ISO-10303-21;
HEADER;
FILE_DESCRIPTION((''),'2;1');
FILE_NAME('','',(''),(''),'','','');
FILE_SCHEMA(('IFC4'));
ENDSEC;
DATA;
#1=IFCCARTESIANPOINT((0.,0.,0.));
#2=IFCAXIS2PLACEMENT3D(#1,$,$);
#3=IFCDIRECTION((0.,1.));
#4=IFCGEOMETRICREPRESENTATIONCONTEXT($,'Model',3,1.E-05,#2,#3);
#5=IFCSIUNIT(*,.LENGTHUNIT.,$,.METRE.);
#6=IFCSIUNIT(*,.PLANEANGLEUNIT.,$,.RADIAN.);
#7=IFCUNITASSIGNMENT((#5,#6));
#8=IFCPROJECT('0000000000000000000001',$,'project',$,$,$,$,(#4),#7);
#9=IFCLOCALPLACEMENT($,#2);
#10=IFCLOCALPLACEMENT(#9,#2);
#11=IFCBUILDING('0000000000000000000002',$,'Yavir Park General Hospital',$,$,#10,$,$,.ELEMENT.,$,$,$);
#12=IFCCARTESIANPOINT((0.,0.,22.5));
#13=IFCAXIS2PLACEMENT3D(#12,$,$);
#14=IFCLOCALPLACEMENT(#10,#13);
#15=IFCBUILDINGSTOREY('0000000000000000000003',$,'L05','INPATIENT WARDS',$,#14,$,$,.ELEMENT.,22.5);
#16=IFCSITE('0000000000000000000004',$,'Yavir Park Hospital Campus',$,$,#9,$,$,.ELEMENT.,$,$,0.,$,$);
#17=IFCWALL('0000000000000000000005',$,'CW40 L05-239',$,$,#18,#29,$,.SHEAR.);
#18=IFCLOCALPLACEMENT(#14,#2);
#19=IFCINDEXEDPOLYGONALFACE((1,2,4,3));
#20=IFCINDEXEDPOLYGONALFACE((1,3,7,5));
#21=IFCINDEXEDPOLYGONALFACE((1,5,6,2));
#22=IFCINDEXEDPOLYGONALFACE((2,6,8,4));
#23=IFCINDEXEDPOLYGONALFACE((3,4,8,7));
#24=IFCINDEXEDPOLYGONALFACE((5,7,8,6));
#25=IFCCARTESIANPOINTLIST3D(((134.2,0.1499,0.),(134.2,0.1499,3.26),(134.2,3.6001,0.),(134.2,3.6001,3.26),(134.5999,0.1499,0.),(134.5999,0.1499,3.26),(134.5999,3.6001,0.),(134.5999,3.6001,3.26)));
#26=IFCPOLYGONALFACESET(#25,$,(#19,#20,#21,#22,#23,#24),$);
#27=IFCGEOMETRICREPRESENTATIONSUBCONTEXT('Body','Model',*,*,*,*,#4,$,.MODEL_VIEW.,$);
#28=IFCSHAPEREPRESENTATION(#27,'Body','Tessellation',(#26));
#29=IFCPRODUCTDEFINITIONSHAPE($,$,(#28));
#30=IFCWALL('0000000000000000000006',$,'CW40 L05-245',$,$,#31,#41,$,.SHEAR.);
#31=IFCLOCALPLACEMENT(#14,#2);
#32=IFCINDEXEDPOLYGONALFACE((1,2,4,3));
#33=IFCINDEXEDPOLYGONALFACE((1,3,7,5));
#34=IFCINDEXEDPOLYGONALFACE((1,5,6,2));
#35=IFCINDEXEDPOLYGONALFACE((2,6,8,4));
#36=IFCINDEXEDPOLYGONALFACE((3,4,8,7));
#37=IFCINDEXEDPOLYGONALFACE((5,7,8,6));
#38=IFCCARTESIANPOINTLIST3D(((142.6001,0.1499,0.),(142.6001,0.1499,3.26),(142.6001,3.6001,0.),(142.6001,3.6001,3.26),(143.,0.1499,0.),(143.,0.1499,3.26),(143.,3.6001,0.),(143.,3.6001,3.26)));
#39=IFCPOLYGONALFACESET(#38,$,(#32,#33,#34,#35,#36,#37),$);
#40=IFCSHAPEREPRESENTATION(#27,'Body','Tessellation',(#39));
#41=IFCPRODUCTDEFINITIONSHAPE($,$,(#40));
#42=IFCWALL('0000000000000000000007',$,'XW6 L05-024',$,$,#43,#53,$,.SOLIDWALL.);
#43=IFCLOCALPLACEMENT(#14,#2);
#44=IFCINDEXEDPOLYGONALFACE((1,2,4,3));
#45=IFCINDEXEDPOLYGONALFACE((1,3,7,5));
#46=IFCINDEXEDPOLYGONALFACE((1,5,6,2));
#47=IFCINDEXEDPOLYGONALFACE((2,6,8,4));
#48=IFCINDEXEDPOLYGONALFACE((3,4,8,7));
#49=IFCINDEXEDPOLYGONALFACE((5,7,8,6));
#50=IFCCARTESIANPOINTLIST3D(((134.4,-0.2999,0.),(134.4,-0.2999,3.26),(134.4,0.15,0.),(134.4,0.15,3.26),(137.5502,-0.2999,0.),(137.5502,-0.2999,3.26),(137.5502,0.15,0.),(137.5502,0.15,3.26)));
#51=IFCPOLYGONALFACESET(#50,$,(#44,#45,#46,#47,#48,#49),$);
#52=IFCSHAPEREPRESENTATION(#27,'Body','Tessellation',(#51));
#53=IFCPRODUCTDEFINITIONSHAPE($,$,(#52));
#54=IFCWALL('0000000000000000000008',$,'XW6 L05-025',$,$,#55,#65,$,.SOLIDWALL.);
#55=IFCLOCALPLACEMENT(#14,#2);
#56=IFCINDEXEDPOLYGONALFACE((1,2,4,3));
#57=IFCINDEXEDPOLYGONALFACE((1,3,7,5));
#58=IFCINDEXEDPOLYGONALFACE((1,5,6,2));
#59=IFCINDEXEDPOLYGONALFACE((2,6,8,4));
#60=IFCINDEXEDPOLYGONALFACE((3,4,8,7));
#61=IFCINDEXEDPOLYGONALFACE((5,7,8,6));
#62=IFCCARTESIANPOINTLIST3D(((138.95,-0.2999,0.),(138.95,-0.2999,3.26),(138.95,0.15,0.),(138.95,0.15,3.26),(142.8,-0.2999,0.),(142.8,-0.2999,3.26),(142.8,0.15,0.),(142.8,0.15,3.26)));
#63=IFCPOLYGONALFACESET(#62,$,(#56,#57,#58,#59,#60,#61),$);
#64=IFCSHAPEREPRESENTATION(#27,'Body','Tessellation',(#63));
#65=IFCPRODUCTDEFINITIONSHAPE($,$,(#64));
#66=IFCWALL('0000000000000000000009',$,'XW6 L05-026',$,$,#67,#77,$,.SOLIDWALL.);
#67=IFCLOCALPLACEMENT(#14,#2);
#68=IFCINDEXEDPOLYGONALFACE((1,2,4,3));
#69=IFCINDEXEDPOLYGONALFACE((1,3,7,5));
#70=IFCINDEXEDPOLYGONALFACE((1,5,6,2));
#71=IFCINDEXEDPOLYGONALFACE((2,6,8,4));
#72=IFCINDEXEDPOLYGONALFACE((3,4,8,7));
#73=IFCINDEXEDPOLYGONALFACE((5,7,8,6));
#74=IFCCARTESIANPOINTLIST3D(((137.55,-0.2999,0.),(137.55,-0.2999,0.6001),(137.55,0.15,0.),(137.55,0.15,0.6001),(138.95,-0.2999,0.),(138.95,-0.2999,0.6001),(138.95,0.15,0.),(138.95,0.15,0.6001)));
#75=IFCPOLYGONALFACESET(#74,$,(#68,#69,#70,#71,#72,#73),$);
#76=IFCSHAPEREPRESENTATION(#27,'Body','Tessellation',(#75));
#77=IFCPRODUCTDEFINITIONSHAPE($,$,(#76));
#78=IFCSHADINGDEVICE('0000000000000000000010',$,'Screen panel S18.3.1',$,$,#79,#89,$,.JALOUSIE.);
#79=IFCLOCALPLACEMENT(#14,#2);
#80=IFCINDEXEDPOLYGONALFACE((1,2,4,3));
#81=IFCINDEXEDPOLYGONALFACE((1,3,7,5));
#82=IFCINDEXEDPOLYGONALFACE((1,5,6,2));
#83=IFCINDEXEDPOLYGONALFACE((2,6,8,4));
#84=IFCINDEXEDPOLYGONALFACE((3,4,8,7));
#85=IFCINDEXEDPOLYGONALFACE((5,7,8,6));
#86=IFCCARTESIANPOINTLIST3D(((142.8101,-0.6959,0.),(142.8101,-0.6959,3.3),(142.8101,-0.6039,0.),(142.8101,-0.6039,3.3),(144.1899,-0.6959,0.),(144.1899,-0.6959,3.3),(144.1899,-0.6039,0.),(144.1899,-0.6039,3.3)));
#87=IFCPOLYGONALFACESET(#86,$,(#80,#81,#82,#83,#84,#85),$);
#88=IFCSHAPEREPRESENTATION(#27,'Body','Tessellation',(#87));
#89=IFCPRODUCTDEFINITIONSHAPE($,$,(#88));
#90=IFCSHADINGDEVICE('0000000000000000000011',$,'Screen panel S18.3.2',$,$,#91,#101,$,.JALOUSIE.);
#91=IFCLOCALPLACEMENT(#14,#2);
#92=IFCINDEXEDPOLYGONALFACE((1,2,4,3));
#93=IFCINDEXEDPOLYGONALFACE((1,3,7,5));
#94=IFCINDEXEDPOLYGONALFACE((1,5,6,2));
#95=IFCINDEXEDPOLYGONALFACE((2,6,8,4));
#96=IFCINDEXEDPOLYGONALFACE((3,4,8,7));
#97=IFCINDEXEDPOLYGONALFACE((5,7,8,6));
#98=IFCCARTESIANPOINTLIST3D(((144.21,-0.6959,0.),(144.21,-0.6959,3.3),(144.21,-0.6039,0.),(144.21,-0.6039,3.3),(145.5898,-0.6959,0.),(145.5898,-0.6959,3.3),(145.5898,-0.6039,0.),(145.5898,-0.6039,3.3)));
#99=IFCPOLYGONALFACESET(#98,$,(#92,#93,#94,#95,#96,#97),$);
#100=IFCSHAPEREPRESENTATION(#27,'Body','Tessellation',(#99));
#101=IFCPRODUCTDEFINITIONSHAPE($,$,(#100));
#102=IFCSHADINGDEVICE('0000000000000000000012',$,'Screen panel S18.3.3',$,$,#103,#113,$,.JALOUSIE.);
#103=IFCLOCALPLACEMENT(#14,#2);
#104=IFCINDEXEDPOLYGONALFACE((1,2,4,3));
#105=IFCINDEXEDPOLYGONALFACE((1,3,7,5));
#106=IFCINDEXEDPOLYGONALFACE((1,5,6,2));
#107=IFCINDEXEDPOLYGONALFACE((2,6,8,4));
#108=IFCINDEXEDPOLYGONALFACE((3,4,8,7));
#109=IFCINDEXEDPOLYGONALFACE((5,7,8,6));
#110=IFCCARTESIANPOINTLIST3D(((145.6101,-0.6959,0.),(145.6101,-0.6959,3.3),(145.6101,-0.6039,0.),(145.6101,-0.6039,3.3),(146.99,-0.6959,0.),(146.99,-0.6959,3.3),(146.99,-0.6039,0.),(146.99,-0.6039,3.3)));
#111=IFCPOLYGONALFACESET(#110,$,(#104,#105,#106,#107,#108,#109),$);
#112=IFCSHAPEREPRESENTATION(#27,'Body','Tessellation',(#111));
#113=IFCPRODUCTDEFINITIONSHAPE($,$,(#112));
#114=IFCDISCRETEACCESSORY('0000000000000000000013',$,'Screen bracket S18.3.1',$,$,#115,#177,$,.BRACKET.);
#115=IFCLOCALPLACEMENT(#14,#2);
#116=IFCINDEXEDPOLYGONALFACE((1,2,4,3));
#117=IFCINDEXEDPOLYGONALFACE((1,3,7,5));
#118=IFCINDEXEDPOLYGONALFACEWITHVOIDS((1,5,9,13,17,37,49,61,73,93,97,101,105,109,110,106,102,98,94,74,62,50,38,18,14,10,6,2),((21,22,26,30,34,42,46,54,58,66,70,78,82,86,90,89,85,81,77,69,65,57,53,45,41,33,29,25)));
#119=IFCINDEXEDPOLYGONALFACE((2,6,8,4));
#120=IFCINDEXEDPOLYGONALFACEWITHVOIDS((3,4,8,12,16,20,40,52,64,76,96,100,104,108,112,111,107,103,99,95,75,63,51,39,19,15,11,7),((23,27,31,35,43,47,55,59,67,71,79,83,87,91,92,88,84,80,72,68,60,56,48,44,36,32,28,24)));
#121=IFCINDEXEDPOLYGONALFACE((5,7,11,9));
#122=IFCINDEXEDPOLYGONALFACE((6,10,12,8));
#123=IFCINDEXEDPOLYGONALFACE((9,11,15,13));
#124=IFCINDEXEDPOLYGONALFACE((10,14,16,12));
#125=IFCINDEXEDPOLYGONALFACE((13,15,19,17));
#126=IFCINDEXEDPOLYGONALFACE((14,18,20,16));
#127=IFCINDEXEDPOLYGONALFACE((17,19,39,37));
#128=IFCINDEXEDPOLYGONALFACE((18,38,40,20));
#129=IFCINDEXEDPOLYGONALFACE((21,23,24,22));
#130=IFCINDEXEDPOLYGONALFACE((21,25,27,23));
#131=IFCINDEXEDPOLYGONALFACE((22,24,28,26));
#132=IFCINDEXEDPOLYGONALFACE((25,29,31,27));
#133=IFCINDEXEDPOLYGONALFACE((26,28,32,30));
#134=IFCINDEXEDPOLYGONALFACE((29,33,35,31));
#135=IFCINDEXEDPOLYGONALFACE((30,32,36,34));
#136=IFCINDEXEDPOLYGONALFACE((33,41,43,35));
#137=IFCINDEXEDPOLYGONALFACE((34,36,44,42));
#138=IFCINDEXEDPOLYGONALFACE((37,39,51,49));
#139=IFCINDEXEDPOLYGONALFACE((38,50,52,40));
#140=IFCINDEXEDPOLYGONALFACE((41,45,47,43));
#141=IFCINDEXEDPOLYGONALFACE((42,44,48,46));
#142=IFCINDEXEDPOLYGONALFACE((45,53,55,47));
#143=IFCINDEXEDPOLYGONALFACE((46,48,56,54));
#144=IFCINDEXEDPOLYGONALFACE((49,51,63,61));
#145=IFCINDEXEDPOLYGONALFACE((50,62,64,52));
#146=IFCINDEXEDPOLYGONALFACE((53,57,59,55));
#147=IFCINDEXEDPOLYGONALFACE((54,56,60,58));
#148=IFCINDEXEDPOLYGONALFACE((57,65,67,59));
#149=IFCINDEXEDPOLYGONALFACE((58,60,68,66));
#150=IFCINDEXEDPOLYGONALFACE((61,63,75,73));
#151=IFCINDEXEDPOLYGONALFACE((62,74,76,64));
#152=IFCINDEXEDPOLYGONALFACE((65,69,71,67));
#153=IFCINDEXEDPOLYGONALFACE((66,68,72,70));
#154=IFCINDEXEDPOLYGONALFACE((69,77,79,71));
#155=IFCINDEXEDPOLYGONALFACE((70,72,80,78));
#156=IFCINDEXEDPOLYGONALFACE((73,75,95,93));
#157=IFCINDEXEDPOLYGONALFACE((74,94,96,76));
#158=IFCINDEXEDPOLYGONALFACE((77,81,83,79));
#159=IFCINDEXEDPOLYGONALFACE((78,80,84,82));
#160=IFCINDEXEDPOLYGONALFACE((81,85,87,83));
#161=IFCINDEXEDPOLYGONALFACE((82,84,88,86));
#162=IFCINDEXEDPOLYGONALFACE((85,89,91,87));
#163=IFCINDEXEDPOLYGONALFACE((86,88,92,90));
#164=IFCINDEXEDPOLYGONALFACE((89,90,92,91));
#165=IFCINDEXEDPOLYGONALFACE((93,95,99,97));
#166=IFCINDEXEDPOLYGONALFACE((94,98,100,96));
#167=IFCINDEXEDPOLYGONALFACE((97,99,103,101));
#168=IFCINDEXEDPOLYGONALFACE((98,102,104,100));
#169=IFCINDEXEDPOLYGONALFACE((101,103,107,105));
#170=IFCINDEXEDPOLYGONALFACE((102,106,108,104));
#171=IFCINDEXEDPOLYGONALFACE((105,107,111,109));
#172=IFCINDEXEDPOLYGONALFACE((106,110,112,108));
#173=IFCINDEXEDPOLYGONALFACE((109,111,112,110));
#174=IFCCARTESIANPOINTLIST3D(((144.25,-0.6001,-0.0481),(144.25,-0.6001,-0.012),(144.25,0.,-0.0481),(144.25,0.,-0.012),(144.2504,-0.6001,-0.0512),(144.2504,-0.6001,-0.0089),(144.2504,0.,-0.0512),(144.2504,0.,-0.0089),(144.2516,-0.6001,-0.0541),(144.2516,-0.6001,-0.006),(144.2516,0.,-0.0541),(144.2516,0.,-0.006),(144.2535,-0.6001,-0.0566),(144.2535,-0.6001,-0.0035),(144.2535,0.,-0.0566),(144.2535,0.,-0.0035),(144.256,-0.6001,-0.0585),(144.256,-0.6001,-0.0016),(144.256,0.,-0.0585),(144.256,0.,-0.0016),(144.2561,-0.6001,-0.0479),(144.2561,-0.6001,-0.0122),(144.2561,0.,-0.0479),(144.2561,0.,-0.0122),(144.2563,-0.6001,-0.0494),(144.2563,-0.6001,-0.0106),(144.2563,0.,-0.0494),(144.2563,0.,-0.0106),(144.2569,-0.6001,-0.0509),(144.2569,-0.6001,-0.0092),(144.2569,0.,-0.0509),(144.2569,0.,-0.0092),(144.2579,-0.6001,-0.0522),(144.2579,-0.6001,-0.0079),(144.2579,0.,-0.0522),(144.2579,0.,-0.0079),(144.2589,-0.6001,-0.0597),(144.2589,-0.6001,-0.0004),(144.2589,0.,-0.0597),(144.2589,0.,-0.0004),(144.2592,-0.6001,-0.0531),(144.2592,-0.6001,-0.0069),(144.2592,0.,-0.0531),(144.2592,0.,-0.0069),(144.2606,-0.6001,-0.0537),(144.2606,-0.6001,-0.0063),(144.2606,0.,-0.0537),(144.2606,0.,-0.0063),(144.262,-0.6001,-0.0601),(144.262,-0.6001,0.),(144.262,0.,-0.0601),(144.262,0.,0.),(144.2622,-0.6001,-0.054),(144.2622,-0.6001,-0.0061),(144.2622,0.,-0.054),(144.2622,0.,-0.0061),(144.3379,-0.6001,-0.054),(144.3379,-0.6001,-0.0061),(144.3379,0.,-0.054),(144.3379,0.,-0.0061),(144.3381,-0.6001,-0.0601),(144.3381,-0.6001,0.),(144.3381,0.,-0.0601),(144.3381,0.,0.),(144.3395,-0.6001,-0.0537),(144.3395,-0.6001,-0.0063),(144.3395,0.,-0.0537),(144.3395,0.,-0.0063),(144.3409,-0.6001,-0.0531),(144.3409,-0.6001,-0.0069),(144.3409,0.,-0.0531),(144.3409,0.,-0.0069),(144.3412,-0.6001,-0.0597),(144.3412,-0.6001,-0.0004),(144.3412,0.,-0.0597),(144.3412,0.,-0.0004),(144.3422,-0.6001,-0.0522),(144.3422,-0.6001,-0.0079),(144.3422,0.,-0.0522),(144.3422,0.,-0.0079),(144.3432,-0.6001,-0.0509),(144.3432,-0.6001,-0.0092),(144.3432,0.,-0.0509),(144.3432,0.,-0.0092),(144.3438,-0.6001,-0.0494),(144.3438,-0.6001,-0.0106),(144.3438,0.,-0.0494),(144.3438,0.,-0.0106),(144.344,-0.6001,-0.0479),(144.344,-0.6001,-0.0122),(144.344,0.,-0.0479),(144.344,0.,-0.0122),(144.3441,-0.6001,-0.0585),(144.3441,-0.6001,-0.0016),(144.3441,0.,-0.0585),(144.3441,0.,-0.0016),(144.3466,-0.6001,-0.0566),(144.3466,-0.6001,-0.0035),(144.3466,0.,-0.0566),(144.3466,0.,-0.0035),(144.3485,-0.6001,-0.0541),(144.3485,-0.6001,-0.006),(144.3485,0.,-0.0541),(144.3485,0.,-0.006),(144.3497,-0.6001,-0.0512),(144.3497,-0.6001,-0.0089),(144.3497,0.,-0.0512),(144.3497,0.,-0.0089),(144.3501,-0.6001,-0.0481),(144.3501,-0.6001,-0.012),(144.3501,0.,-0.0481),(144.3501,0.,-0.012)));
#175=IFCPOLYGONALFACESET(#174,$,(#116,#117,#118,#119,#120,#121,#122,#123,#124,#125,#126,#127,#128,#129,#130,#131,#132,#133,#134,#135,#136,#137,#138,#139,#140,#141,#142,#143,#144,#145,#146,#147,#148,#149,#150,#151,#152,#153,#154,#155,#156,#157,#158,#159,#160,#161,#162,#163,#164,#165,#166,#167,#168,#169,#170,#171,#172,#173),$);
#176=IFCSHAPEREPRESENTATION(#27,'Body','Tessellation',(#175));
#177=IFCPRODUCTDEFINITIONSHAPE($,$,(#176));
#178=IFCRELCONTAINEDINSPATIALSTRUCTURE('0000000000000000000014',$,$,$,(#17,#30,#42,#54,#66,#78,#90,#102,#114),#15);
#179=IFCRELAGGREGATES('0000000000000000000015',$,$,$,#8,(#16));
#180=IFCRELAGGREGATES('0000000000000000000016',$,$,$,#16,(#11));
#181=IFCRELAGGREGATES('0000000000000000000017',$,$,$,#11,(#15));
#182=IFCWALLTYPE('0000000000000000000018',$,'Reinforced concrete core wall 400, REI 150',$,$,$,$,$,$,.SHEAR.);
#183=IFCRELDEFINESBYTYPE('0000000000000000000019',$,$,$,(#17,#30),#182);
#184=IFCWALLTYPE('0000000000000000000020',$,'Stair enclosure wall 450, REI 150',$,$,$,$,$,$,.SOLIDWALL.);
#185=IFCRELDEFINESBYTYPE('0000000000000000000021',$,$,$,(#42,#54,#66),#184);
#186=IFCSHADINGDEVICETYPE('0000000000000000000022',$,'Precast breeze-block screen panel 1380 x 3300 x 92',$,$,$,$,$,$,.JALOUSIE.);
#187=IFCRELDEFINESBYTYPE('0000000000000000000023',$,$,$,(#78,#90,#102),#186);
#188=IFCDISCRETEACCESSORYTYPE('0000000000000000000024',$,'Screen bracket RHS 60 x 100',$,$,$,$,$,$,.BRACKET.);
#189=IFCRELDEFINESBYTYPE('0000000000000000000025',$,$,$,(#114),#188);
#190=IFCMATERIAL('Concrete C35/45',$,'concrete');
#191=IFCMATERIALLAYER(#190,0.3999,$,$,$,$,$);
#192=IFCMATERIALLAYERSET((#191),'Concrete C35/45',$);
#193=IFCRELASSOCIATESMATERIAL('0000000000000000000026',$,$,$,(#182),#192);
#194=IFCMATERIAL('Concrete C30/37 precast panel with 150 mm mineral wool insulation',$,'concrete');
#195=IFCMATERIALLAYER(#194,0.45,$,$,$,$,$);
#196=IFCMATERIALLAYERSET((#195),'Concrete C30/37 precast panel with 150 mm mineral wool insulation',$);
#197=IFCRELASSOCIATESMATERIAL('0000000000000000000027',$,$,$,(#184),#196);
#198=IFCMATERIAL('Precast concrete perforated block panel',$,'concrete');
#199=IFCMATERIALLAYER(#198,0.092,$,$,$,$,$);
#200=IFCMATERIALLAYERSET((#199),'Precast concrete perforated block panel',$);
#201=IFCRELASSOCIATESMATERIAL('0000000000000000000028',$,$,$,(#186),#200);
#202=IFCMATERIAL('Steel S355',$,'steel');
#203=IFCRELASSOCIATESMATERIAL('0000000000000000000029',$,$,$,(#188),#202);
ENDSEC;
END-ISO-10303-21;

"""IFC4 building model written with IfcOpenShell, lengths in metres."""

from ifc_helpers import new_model, si_unit, direction, frame, frame_2d, origin, origin_2d, place, context, subcontext, project, spatial, rectangle, hollow_rectangle, extrude, material, layer, layer_set, material_profile, profile_set, type_object, element, save


model = new_model("IFC4")

# Units and contexts
model_context = context("Model", 3, precision=1e-05, world=origin(), true_north=direction((0.0, 1.0)))
body_context = subcontext(model_context, "Body", "Model", "MODEL_VIEW")
ifc_project = project(units=[si_unit("LENGTHUNIT", "METRE"), si_unit("PLANEANGLEUNIT", "RADIAN")], contexts=[model_context])

# Site, building, storey
site_placement = place(None, origin())
site = spatial("IfcSite", under=ifc_project, at=site_placement, Name="Yavir Park Hospital Campus", CompositionType="ELEMENT", RefElevation=0.0)
building_placement = place(site_placement, origin())
building = spatial("IfcBuilding", under=site, at=building_placement, Name="Yavir Park General Hospital", CompositionType="ELEMENT")
storey_placement = place(building_placement, frame((0.0, 0.0, 22.5)))
storey = spatial("IfcBuildingStorey", under=building, at=storey_placement, Name="L05", Description="INPATIENT WARDS", CompositionType="ELEMENT", Elevation=22.5)

# Walls
ifc_material_1 = material(Name="Concrete C35/45", Category="concrete")
ifc_layer_1 = layer(ifc_material_1, 0.3999)
ifc_layer_set_1 = layer_set([ifc_layer_1], Name="Concrete C35/45")
wall_type_1 = type_object("IfcWallType", Name="Reinforced concrete core wall 400, REI 150", PredefinedType="SHEAR", material=ifc_layer_set_1)
for number, where, z_axis, x_axis, name in (
    (1, (134.3999, 0.1499, 0.0), (0.0, 0.0, 1.0), (0.0, 1.0, 0.0), "CW40 L05-239"),
    (2, (142.8, 0.1499, 0.0), (0.0, 0.0, 1.0), (0.0, 1.0, 0.0), "CW40 L05-245"),
):
    element("IfcWall", number, at=place(storey_placement, frame(where, z_axis=z_axis, x_axis=x_axis)), inside=storey, type_object=wall_type_1, Name=name, PredefinedType="SHEAR", context=body_context, shape_type="SweptSolid", body=[
        extrude(rectangle(XDim=3.4502, YDim=0.3999, at=frame_2d((1.7251, 0.0))), origin(), (0.0, 0.0, 1.0), 3.26),
    ])
ifc_material_2 = material(Name="Concrete C30/37 precast panel with 150 mm mineral wool insulation", Category="concrete")
ifc_layer_2 = layer(ifc_material_2, 0.45)
ifc_layer_set_2 = layer_set([ifc_layer_2], Name="Concrete C30/37 precast panel with 150 mm mineral wool insulation")
wall_type_2 = type_object("IfcWallType", Name="Stair enclosure wall 450, REI 150", PredefinedType="SOLIDWALL", material=ifc_layer_set_2)
wall_1_placement = place(storey_placement, frame((134.3999, -0.075, 0.0), z_axis=(0.0, 0.0, 1.0), x_axis=(1.0, 0.0, 0.0)))
element("IfcWall", 3, at=wall_1_placement, inside=storey, type_object=wall_type_2, Name="XW6 L05-024", PredefinedType="SOLIDWALL", context=body_context, shape_type="SweptSolid", body=[
    extrude(rectangle(XDim=3.1501, YDim=0.45, at=frame_2d((1.5752, 0.0))), origin(), (0.0, 0.0, 1.0), 3.26),
])
wall_2_placement = place(storey_placement, frame((138.95, -0.075, 0.0), z_axis=(0.0, 0.0, 1.0), x_axis=(1.0, 0.0, 0.0)))
element("IfcWall", 4, at=wall_2_placement, inside=storey, type_object=wall_type_2, Name="XW6 L05-025", PredefinedType="SOLIDWALL", context=body_context, shape_type="SweptSolid", body=[
    extrude(rectangle(XDim=3.8501, YDim=0.45, at=frame_2d((1.925, 0.0))), origin(), (0.0, 0.0, 1.0), 3.26),
])
wall_3_placement = place(storey_placement, frame((137.55, -0.075, 0.0), z_axis=(0.0, 0.0, 1.0), x_axis=(1.0, 0.0, 0.0)))
element("IfcWall", 5, at=wall_3_placement, inside=storey, type_object=wall_type_2, Name="XW6 L05-026", PredefinedType="SOLIDWALL", context=body_context, shape_type="SweptSolid", body=[
    extrude(rectangle(XDim=1.3999, YDim=0.45, at=frame_2d((0.7, 0.0))), origin(), (0.0, 0.0, 1.0), 0.6001),
])

# Shading devices
ifc_material_3 = material(Name="Precast concrete perforated block panel", Category="concrete")
ifc_layer_3 = layer(ifc_material_3, 0.092)
ifc_layer_set_3 = layer_set([ifc_layer_3], Name="Precast concrete perforated block panel")
shading_device_type = type_object("IfcShadingDeviceType", Name="Precast breeze-block screen panel 1380 x 3300 x 92", PredefinedType="JALOUSIE", material=ifc_layer_set_3)
for number, where, z_axis, x_axis, name in (
    (6, (143.5, -0.6499, 0.0), (0.0, 0.0, 1.0), (1.0, 0.0, 0.0), "Screen panel S18.3.1"),
    (7, (144.8999, -0.6499, 0.0), (0.0, 0.0, 1.0), (1.0, 0.0, 0.0), "Screen panel S18.3.2"),
    (8, (146.3, -0.6499, 0.0), (0.0, 0.0, 1.0), (1.0, 0.0, 0.0), "Screen panel S18.3.3"),
):
    element("IfcShadingDevice", number, at=place(storey_placement, frame(where, z_axis=z_axis, x_axis=x_axis)), inside=storey, type_object=shading_device_type, Name=name, PredefinedType="JALOUSIE", context=body_context, shape_type="SweptSolid", body=[
        extrude(rectangle(XDim=1.3799, YDim=0.092, at=origin_2d()), origin(), (0.0, 0.0, 1.0), 3.3),
    ])

# Discrete accessory
ifc_material_4 = material(Name="Steel S355", Category="steel")
ifc_material_profile_1 = material_profile(ifc_material_4, hollow_rectangle(XDim=0.1001, YDim=0.0601, WallThickness=0.0061, InnerFilletRadius=0.0061, OuterFilletRadius=0.012, at=origin_2d()), Name="RHS60x100x6")
ifc_profile_set_1 = profile_set([ifc_material_profile_1], Name="Steel S355")
discrete_accessory_type_1 = type_object("IfcDiscreteAccessoryType", Name="Screen bracket RHS 60 x 100", PredefinedType="BRACKET", material=ifc_profile_set_1)
discrete_accessory_1_placement = place(storey_placement, frame((144.3, 0.0, -0.03), z_axis=(0.0, -1.0, 0.0), x_axis=(1.0, 0.0, 0.0)))
element("IfcDiscreteAccessory", 9, at=discrete_accessory_1_placement, inside=storey, type_object=discrete_accessory_type_1, Name="Screen bracket S18.3.1", PredefinedType="BRACKET", context=body_context, shape_type="SweptSolid", body=[
    extrude(hollow_rectangle(XDim=0.1001, YDim=0.0601, WallThickness=0.0061, InnerFilletRadius=0.0061, OuterFilletRadius=0.012, at=origin_2d()), origin(), (0.0, 0.0, 1.0), 0.6001),
])

save(model, "model.ifc")
